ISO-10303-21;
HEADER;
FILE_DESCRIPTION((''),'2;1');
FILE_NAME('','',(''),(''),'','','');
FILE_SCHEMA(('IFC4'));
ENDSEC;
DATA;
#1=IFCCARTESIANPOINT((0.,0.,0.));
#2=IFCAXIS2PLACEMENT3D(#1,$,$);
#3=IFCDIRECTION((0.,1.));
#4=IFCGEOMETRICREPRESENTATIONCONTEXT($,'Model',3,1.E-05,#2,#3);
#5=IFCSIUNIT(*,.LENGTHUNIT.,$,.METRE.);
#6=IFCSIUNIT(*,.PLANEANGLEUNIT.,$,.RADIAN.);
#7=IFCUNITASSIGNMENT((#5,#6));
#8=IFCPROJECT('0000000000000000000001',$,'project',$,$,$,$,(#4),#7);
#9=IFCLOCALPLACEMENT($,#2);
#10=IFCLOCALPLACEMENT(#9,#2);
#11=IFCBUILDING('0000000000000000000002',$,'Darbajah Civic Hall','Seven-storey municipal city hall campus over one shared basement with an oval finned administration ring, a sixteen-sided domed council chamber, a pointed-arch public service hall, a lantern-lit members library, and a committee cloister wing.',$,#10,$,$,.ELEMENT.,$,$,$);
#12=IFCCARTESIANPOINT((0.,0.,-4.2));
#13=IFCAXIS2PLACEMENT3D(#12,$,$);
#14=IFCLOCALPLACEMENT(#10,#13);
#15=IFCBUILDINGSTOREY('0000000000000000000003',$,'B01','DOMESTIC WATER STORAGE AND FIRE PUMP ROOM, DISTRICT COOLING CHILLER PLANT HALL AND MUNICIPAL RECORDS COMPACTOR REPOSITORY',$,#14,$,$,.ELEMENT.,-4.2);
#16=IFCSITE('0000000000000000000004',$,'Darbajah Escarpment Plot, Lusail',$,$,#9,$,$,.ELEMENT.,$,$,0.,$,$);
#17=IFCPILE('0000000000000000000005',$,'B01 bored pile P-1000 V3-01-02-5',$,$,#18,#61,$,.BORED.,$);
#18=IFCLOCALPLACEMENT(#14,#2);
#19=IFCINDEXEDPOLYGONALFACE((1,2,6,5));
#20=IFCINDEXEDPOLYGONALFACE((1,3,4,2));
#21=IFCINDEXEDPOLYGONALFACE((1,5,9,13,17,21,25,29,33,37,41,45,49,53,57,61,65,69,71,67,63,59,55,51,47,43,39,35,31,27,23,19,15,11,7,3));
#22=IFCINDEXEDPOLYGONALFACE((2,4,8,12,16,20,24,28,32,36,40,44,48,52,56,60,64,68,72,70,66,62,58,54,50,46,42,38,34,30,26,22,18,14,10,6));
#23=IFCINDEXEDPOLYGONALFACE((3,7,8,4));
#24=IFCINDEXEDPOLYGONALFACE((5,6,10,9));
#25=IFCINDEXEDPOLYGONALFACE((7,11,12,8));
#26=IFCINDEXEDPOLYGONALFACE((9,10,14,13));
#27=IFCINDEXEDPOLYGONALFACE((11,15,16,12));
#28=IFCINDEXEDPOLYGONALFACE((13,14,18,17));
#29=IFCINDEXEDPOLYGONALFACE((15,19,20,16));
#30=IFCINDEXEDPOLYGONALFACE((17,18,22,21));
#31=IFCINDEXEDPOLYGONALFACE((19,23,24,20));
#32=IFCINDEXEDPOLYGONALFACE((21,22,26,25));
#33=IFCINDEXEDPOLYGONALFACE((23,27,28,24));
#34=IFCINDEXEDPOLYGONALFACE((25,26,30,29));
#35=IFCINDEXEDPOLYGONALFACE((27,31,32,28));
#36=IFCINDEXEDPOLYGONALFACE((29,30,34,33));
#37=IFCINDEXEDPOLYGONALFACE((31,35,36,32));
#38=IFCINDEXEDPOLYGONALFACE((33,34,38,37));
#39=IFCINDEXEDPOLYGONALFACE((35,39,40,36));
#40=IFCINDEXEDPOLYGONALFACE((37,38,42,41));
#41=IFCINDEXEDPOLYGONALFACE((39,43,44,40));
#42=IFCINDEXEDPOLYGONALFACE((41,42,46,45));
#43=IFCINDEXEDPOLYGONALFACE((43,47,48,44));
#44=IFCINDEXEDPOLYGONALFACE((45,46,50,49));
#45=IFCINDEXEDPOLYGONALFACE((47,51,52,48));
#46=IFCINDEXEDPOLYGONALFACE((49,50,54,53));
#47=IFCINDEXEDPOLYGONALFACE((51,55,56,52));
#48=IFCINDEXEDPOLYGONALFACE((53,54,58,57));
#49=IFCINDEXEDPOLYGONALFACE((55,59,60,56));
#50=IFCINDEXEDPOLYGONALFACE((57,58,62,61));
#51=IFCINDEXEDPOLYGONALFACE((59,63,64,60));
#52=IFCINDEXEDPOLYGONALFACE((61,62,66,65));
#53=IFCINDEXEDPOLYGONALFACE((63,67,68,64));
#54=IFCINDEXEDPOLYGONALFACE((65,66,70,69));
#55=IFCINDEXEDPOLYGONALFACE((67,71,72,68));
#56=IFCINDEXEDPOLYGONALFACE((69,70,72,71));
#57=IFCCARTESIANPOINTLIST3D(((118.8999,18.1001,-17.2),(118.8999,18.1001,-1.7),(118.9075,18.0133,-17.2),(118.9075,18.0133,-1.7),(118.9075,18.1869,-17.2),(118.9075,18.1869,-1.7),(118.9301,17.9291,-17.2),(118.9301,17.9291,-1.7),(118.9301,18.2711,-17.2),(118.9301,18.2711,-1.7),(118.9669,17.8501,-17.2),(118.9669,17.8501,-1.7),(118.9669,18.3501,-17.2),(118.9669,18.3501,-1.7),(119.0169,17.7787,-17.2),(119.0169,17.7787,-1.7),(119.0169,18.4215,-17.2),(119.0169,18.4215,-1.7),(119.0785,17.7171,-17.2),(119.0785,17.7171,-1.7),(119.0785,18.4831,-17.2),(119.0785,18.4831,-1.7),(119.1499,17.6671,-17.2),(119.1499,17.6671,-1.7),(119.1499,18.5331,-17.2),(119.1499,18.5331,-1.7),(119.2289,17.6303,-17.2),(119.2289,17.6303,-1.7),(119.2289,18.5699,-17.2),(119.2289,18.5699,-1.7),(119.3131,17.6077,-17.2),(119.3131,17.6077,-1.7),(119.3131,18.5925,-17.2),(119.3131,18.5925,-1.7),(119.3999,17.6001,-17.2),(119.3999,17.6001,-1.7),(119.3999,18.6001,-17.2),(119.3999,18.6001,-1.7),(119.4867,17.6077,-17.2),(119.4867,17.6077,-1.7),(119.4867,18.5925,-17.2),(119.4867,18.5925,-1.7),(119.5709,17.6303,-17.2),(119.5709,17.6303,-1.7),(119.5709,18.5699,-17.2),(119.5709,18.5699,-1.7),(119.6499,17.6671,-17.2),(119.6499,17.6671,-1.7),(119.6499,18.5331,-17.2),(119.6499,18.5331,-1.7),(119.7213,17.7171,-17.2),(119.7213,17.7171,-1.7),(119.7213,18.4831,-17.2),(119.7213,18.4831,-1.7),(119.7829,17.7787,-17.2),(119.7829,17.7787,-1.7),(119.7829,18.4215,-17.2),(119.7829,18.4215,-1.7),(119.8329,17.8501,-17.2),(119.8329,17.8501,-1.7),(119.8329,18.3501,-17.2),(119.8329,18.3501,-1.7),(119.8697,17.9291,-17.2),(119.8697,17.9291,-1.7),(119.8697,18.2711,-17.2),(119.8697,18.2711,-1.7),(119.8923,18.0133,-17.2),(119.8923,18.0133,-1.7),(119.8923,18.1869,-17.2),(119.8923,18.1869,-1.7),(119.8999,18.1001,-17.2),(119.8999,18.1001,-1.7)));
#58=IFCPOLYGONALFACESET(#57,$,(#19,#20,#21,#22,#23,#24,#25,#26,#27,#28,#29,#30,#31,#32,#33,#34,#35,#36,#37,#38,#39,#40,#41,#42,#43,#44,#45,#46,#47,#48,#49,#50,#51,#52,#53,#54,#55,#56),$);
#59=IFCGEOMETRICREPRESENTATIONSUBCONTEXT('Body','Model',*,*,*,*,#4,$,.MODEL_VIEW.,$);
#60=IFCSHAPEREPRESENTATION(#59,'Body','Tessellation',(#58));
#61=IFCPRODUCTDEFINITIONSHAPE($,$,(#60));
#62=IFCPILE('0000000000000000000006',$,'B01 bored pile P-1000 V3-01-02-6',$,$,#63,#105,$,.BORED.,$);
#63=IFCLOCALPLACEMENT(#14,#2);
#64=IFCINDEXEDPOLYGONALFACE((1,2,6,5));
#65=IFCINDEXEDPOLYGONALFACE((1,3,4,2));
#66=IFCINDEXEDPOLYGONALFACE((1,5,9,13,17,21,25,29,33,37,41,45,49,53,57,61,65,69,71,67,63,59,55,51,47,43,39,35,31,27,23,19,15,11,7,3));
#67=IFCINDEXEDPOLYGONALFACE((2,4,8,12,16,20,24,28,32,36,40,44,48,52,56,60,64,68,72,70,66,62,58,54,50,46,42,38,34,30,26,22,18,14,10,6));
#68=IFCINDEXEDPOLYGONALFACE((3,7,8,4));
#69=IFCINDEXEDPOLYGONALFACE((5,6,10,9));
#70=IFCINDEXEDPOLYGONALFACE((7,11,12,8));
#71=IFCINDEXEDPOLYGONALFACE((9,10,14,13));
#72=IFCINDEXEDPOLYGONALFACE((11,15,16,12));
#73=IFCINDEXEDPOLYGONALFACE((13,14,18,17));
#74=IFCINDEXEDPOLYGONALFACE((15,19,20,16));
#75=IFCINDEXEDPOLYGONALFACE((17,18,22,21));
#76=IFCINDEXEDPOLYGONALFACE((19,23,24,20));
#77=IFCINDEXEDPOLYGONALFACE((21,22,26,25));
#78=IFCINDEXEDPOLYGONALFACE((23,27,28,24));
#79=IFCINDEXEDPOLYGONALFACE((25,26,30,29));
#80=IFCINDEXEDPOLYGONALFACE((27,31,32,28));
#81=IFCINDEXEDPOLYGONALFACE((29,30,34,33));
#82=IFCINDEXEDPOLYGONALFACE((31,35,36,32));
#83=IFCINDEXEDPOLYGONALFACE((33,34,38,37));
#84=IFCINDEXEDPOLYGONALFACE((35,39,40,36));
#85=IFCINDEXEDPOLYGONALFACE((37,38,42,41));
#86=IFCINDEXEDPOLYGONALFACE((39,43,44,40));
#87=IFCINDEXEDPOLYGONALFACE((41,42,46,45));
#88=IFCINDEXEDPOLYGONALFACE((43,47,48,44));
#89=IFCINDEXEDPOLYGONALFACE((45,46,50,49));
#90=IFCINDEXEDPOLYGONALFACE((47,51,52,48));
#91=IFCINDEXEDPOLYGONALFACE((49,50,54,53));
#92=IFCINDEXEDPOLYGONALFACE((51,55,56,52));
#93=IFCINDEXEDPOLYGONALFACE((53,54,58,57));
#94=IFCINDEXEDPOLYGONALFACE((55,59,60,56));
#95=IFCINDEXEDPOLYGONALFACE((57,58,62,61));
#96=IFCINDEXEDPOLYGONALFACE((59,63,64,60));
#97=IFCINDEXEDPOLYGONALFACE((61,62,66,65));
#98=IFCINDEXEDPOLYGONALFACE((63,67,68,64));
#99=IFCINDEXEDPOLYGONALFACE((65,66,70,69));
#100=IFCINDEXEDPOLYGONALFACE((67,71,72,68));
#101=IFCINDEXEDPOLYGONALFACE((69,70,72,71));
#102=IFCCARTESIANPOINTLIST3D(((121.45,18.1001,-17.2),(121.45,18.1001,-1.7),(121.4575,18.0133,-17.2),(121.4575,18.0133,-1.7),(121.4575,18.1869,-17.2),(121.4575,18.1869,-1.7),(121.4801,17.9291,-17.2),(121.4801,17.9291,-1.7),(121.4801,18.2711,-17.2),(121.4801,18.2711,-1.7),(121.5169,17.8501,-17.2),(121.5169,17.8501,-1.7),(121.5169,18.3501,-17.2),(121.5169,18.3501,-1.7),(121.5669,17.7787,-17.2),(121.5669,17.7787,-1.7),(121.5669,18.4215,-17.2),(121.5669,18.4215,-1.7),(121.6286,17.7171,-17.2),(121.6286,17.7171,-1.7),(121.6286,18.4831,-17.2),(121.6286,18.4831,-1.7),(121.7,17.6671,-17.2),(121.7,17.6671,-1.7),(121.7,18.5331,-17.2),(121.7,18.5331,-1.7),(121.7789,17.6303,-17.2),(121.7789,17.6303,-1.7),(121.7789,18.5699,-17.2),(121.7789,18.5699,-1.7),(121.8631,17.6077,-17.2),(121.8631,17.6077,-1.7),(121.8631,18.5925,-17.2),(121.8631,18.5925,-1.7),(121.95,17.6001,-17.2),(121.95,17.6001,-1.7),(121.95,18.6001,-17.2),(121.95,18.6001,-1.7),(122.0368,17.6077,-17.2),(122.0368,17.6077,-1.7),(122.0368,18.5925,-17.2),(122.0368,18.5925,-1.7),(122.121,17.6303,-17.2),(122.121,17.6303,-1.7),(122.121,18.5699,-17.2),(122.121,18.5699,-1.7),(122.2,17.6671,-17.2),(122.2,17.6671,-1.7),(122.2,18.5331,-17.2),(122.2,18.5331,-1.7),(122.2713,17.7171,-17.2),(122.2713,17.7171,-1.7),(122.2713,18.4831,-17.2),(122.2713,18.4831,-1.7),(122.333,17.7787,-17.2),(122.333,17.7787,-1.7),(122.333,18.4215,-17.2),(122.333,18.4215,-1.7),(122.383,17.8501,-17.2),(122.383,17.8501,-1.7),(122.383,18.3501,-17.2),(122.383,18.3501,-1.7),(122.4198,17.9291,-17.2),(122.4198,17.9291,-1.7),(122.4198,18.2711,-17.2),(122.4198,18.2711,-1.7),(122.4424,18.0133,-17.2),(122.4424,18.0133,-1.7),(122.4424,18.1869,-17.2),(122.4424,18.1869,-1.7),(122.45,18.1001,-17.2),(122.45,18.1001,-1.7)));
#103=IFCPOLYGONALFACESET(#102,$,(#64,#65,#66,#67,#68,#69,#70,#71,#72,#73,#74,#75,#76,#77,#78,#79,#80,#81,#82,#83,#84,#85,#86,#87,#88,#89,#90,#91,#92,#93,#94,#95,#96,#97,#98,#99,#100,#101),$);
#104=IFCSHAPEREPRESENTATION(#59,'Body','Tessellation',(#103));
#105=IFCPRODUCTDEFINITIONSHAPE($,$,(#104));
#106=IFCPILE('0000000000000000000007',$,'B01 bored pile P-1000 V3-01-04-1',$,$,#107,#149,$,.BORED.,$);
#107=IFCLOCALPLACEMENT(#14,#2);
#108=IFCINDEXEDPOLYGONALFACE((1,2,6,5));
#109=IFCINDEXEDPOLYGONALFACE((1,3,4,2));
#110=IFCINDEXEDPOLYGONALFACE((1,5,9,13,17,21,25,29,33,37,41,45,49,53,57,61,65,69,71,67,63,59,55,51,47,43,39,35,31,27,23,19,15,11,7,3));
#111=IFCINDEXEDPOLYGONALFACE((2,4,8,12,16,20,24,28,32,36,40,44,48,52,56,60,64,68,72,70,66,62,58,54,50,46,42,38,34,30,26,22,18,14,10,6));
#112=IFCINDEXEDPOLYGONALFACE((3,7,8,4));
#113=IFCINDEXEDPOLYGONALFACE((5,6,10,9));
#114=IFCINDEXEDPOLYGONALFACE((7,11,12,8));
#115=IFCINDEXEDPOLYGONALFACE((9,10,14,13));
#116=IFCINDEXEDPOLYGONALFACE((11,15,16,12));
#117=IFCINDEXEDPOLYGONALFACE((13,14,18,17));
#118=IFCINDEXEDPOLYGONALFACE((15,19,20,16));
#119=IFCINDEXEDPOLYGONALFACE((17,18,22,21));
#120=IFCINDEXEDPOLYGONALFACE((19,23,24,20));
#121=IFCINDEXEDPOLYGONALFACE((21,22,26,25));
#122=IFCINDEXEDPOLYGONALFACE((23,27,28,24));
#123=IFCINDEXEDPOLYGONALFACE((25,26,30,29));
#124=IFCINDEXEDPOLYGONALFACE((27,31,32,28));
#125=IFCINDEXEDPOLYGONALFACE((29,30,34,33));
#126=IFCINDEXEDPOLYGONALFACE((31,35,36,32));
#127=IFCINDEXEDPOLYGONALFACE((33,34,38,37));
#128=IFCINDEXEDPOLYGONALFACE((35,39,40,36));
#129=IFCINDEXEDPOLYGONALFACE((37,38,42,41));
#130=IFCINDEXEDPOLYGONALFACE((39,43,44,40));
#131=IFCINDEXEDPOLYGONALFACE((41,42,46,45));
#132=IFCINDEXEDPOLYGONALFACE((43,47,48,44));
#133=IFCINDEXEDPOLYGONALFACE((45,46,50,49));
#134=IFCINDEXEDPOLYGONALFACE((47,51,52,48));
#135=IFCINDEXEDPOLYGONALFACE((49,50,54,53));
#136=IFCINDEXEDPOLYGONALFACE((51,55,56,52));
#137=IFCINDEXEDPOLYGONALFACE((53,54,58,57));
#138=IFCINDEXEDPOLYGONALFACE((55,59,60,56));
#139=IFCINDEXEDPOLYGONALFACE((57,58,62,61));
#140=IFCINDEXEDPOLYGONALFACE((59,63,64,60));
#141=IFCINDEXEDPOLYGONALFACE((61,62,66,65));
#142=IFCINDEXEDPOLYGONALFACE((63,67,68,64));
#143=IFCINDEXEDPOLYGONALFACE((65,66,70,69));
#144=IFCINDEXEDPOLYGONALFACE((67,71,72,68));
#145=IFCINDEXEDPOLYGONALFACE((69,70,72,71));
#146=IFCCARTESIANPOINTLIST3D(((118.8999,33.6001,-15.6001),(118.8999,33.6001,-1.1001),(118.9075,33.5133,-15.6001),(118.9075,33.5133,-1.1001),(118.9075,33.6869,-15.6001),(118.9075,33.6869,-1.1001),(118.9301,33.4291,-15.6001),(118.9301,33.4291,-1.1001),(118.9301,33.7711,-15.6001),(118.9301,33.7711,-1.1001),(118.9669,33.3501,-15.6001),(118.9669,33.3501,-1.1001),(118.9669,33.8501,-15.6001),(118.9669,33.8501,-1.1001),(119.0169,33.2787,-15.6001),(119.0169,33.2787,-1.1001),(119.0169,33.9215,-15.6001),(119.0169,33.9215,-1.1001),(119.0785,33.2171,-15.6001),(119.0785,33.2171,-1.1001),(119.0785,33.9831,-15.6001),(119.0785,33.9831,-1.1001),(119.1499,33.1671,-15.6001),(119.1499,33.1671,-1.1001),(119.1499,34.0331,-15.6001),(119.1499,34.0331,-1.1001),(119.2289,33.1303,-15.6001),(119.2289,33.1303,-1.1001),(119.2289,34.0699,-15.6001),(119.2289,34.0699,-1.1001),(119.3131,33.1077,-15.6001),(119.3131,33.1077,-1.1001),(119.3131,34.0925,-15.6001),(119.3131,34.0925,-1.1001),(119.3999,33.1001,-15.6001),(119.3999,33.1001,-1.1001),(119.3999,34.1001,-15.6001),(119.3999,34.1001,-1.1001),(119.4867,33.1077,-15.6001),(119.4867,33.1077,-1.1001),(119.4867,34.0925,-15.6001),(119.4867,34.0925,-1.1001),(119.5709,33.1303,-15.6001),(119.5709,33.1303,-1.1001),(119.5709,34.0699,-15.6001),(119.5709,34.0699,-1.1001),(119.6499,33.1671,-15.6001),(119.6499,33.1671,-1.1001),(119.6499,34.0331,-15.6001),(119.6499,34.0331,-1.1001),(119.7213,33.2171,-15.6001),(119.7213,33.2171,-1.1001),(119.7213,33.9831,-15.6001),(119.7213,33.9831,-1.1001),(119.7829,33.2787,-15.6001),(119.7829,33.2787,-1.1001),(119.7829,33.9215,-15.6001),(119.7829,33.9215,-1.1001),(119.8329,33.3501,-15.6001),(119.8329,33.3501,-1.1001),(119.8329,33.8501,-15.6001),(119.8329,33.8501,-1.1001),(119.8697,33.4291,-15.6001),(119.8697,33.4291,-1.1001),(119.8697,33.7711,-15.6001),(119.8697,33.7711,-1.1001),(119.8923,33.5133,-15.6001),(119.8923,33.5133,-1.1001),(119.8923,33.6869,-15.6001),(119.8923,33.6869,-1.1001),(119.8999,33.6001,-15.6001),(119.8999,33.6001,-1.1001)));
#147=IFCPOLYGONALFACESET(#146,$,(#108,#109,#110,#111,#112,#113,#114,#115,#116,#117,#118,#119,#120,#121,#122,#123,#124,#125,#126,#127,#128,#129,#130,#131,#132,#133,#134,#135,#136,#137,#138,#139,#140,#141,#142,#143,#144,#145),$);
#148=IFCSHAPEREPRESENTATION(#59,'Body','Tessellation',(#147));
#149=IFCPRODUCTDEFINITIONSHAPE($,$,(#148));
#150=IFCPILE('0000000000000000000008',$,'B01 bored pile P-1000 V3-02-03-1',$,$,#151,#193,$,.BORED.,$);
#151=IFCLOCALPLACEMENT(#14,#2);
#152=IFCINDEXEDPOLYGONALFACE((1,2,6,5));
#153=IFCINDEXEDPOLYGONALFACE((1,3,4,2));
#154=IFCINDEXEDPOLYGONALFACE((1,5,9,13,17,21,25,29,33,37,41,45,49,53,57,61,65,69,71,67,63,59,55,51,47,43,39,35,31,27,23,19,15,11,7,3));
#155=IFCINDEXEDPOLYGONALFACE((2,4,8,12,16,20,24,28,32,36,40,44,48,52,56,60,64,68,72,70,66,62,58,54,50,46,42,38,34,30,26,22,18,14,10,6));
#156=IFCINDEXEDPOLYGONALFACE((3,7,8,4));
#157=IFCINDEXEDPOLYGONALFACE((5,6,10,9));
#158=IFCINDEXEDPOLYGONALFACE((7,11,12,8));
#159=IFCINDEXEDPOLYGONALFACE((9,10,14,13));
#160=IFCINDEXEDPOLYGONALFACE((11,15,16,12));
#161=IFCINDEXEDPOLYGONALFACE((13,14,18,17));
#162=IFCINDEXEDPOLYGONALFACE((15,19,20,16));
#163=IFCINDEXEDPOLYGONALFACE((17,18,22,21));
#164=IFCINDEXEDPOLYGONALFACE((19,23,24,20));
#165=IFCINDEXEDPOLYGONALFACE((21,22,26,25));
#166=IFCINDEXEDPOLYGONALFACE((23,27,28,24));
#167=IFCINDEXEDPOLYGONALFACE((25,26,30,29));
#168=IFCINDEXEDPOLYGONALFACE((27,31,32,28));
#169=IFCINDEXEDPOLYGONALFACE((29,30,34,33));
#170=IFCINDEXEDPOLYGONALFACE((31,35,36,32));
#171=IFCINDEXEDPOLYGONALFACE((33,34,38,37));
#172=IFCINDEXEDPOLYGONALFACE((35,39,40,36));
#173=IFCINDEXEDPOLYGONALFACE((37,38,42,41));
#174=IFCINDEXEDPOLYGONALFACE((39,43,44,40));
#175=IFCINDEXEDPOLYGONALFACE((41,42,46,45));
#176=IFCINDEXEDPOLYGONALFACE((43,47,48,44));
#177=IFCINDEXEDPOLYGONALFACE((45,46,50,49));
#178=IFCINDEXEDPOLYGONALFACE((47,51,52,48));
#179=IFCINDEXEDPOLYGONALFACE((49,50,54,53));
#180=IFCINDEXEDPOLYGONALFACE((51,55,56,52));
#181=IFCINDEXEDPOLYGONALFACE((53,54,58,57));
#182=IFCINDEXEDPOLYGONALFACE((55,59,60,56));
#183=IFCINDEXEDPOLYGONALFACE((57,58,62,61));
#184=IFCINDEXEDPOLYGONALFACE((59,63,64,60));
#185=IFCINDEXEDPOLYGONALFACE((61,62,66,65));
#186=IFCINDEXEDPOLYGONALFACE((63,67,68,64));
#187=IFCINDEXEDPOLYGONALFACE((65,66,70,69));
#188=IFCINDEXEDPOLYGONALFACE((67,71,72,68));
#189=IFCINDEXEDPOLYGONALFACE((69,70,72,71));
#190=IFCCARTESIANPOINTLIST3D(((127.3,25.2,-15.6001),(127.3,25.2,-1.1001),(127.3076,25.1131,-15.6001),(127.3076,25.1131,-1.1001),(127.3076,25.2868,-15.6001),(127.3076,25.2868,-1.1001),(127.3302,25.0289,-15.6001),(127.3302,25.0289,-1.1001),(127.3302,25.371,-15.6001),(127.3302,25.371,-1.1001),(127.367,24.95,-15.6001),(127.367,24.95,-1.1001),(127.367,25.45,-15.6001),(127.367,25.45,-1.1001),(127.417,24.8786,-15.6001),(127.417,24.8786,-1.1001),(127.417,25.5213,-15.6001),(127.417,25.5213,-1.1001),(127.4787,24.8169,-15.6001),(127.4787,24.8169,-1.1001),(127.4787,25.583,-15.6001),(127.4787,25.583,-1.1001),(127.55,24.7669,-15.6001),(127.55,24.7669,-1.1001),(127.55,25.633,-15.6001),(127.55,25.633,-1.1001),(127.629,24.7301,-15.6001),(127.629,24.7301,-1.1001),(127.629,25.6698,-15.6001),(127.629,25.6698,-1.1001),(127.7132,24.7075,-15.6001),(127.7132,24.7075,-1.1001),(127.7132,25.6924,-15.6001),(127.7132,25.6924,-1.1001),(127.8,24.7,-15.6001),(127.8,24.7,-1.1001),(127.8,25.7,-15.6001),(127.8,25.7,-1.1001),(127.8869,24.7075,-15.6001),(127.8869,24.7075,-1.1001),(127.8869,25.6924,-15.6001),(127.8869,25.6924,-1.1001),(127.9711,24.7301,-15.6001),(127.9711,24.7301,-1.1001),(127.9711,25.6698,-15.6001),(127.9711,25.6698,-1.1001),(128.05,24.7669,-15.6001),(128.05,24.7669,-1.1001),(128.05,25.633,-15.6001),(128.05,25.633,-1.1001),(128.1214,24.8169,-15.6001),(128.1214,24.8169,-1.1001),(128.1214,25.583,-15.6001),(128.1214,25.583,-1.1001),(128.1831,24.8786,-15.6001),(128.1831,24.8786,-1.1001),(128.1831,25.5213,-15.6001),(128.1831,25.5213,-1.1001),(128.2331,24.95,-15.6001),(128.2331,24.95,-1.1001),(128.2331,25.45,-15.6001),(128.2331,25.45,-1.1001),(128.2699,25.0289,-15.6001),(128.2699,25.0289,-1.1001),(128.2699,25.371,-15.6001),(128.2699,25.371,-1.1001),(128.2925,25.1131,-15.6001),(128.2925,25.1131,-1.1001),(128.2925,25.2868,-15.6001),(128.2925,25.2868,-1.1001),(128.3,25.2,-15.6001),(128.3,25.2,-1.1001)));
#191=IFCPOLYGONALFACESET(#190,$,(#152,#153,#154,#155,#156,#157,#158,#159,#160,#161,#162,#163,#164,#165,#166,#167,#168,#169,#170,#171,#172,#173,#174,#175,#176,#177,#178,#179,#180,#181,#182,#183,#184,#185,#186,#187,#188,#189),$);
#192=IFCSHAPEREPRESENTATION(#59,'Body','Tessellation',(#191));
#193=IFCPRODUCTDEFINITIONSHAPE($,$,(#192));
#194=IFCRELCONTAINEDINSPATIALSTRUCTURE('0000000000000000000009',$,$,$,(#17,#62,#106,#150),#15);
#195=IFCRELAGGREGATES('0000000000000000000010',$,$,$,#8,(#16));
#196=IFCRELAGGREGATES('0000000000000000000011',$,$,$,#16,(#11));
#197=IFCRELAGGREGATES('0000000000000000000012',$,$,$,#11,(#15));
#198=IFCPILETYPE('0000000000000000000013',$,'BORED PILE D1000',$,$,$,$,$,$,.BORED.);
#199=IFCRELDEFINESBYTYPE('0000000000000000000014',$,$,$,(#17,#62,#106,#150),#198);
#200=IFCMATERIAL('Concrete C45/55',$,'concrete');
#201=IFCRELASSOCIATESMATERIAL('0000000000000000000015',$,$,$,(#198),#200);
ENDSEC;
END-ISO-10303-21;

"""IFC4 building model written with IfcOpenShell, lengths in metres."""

from ifc_helpers import new_model, si_unit, direction, frame, origin, origin_2d, place, context, subcontext, project, spatial, circle, extrude, material, material_profile, profile_set, type_object, element, save


model = new_model("IFC4")

# Units and contexts
model_context = context("Model", 3, precision=1e-05, world=origin(), true_north=direction((0.0, 1.0)))
body_context = subcontext(model_context, "Body", "Model", "MODEL_VIEW")
ifc_project = project(units=[si_unit("LENGTHUNIT", "METRE"), si_unit("PLANEANGLEUNIT", "RADIAN")], contexts=[model_context])

# Site, building, storey
site_placement = place(None, origin())
site = spatial("IfcSite", under=ifc_project, at=site_placement, Name="Darbajah Escarpment Plot, Lusail", CompositionType="ELEMENT", RefElevation=0.0)
building_placement = place(site_placement, origin())
building = spatial("IfcBuilding", under=site, at=building_placement, Name="Darbajah Civic Hall", Description="Seven-storey municipal city hall campus over one shared basement with an oval finned administration ring, a sixteen-sided domed council chamber, a pointed-arch public service hall, a lantern-lit members library, and a committee cloister wing.", CompositionType="ELEMENT")
storey_placement = place(building_placement, frame((0.0, 0.0, -4.2)))
storey = spatial("IfcBuildingStorey", under=building, at=storey_placement, Name="B01", Description="DOMESTIC WATER STORAGE AND FIRE PUMP ROOM, DISTRICT COOLING CHILLER PLANT HALL AND MUNICIPAL RECORDS COMPACTOR REPOSITORY", CompositionType="ELEMENT", Elevation=-4.2)

# Piles
ifc_material_1 = material(Name="Concrete C45/55", Category="concrete")
ifc_material_profile_1 = material_profile(ifc_material_1, circle(Radius=0.5, at=origin_2d()), Name="BORED PILE D1000")
ifc_profile_set_1 = profile_set([ifc_material_profile_1], Name="Concrete C45/55")
pile_type_1 = type_object("IfcPileType", Name="BORED PILE D1000", PredefinedType="BORED", material=ifc_profile_set_1)
for number, where, z_axis, x_axis, name in (
    (1, (119.3999, 18.1001, -1.7), (0.0, 0.0, -1.0), (1.0, 0.0, 0.0), "B01 bored pile P-1000 V3-01-02-5"),
    (2, (121.95, 18.1001, -1.7), (0.0, 0.0, -1.0), (1.0, 0.0, 0.0), "B01 bored pile P-1000 V3-01-02-6"),
):
    element("IfcPile", number, at=place(storey_placement, frame(where, z_axis=z_axis, x_axis=x_axis)), inside=storey, type_object=pile_type_1, Name=name, PredefinedType="BORED", context=body_context, shape_type="SweptSolid", body=[
        extrude(circle(Radius=0.5, at=origin_2d()), origin(), (0.0, 0.0, 1.0), 15.5),
    ])
for number, where, z_axis, x_axis, name in (
    (3, (119.3999, 33.6001, -1.1001), (0.0, 0.0, -1.0), (1.0, 0.0, 0.0), "B01 bored pile P-1000 V3-01-04-1"),
    (4, (127.8, 25.2, -1.1001), (0.0, 0.0, -1.0), (1.0, 0.0, 0.0), "B01 bored pile P-1000 V3-02-03-1"),
):
    element("IfcPile", number, at=place(storey_placement, frame(where, z_axis=z_axis, x_axis=x_axis)), inside=storey, type_object=pile_type_1, Name=name, PredefinedType="BORED", context=body_context, shape_type="SweptSolid", body=[
        extrude(circle(Radius=0.5, at=origin_2d()), origin(), (0.0, 0.0, 1.0), 14.5),
    ])

save(model, "model.ifc")
